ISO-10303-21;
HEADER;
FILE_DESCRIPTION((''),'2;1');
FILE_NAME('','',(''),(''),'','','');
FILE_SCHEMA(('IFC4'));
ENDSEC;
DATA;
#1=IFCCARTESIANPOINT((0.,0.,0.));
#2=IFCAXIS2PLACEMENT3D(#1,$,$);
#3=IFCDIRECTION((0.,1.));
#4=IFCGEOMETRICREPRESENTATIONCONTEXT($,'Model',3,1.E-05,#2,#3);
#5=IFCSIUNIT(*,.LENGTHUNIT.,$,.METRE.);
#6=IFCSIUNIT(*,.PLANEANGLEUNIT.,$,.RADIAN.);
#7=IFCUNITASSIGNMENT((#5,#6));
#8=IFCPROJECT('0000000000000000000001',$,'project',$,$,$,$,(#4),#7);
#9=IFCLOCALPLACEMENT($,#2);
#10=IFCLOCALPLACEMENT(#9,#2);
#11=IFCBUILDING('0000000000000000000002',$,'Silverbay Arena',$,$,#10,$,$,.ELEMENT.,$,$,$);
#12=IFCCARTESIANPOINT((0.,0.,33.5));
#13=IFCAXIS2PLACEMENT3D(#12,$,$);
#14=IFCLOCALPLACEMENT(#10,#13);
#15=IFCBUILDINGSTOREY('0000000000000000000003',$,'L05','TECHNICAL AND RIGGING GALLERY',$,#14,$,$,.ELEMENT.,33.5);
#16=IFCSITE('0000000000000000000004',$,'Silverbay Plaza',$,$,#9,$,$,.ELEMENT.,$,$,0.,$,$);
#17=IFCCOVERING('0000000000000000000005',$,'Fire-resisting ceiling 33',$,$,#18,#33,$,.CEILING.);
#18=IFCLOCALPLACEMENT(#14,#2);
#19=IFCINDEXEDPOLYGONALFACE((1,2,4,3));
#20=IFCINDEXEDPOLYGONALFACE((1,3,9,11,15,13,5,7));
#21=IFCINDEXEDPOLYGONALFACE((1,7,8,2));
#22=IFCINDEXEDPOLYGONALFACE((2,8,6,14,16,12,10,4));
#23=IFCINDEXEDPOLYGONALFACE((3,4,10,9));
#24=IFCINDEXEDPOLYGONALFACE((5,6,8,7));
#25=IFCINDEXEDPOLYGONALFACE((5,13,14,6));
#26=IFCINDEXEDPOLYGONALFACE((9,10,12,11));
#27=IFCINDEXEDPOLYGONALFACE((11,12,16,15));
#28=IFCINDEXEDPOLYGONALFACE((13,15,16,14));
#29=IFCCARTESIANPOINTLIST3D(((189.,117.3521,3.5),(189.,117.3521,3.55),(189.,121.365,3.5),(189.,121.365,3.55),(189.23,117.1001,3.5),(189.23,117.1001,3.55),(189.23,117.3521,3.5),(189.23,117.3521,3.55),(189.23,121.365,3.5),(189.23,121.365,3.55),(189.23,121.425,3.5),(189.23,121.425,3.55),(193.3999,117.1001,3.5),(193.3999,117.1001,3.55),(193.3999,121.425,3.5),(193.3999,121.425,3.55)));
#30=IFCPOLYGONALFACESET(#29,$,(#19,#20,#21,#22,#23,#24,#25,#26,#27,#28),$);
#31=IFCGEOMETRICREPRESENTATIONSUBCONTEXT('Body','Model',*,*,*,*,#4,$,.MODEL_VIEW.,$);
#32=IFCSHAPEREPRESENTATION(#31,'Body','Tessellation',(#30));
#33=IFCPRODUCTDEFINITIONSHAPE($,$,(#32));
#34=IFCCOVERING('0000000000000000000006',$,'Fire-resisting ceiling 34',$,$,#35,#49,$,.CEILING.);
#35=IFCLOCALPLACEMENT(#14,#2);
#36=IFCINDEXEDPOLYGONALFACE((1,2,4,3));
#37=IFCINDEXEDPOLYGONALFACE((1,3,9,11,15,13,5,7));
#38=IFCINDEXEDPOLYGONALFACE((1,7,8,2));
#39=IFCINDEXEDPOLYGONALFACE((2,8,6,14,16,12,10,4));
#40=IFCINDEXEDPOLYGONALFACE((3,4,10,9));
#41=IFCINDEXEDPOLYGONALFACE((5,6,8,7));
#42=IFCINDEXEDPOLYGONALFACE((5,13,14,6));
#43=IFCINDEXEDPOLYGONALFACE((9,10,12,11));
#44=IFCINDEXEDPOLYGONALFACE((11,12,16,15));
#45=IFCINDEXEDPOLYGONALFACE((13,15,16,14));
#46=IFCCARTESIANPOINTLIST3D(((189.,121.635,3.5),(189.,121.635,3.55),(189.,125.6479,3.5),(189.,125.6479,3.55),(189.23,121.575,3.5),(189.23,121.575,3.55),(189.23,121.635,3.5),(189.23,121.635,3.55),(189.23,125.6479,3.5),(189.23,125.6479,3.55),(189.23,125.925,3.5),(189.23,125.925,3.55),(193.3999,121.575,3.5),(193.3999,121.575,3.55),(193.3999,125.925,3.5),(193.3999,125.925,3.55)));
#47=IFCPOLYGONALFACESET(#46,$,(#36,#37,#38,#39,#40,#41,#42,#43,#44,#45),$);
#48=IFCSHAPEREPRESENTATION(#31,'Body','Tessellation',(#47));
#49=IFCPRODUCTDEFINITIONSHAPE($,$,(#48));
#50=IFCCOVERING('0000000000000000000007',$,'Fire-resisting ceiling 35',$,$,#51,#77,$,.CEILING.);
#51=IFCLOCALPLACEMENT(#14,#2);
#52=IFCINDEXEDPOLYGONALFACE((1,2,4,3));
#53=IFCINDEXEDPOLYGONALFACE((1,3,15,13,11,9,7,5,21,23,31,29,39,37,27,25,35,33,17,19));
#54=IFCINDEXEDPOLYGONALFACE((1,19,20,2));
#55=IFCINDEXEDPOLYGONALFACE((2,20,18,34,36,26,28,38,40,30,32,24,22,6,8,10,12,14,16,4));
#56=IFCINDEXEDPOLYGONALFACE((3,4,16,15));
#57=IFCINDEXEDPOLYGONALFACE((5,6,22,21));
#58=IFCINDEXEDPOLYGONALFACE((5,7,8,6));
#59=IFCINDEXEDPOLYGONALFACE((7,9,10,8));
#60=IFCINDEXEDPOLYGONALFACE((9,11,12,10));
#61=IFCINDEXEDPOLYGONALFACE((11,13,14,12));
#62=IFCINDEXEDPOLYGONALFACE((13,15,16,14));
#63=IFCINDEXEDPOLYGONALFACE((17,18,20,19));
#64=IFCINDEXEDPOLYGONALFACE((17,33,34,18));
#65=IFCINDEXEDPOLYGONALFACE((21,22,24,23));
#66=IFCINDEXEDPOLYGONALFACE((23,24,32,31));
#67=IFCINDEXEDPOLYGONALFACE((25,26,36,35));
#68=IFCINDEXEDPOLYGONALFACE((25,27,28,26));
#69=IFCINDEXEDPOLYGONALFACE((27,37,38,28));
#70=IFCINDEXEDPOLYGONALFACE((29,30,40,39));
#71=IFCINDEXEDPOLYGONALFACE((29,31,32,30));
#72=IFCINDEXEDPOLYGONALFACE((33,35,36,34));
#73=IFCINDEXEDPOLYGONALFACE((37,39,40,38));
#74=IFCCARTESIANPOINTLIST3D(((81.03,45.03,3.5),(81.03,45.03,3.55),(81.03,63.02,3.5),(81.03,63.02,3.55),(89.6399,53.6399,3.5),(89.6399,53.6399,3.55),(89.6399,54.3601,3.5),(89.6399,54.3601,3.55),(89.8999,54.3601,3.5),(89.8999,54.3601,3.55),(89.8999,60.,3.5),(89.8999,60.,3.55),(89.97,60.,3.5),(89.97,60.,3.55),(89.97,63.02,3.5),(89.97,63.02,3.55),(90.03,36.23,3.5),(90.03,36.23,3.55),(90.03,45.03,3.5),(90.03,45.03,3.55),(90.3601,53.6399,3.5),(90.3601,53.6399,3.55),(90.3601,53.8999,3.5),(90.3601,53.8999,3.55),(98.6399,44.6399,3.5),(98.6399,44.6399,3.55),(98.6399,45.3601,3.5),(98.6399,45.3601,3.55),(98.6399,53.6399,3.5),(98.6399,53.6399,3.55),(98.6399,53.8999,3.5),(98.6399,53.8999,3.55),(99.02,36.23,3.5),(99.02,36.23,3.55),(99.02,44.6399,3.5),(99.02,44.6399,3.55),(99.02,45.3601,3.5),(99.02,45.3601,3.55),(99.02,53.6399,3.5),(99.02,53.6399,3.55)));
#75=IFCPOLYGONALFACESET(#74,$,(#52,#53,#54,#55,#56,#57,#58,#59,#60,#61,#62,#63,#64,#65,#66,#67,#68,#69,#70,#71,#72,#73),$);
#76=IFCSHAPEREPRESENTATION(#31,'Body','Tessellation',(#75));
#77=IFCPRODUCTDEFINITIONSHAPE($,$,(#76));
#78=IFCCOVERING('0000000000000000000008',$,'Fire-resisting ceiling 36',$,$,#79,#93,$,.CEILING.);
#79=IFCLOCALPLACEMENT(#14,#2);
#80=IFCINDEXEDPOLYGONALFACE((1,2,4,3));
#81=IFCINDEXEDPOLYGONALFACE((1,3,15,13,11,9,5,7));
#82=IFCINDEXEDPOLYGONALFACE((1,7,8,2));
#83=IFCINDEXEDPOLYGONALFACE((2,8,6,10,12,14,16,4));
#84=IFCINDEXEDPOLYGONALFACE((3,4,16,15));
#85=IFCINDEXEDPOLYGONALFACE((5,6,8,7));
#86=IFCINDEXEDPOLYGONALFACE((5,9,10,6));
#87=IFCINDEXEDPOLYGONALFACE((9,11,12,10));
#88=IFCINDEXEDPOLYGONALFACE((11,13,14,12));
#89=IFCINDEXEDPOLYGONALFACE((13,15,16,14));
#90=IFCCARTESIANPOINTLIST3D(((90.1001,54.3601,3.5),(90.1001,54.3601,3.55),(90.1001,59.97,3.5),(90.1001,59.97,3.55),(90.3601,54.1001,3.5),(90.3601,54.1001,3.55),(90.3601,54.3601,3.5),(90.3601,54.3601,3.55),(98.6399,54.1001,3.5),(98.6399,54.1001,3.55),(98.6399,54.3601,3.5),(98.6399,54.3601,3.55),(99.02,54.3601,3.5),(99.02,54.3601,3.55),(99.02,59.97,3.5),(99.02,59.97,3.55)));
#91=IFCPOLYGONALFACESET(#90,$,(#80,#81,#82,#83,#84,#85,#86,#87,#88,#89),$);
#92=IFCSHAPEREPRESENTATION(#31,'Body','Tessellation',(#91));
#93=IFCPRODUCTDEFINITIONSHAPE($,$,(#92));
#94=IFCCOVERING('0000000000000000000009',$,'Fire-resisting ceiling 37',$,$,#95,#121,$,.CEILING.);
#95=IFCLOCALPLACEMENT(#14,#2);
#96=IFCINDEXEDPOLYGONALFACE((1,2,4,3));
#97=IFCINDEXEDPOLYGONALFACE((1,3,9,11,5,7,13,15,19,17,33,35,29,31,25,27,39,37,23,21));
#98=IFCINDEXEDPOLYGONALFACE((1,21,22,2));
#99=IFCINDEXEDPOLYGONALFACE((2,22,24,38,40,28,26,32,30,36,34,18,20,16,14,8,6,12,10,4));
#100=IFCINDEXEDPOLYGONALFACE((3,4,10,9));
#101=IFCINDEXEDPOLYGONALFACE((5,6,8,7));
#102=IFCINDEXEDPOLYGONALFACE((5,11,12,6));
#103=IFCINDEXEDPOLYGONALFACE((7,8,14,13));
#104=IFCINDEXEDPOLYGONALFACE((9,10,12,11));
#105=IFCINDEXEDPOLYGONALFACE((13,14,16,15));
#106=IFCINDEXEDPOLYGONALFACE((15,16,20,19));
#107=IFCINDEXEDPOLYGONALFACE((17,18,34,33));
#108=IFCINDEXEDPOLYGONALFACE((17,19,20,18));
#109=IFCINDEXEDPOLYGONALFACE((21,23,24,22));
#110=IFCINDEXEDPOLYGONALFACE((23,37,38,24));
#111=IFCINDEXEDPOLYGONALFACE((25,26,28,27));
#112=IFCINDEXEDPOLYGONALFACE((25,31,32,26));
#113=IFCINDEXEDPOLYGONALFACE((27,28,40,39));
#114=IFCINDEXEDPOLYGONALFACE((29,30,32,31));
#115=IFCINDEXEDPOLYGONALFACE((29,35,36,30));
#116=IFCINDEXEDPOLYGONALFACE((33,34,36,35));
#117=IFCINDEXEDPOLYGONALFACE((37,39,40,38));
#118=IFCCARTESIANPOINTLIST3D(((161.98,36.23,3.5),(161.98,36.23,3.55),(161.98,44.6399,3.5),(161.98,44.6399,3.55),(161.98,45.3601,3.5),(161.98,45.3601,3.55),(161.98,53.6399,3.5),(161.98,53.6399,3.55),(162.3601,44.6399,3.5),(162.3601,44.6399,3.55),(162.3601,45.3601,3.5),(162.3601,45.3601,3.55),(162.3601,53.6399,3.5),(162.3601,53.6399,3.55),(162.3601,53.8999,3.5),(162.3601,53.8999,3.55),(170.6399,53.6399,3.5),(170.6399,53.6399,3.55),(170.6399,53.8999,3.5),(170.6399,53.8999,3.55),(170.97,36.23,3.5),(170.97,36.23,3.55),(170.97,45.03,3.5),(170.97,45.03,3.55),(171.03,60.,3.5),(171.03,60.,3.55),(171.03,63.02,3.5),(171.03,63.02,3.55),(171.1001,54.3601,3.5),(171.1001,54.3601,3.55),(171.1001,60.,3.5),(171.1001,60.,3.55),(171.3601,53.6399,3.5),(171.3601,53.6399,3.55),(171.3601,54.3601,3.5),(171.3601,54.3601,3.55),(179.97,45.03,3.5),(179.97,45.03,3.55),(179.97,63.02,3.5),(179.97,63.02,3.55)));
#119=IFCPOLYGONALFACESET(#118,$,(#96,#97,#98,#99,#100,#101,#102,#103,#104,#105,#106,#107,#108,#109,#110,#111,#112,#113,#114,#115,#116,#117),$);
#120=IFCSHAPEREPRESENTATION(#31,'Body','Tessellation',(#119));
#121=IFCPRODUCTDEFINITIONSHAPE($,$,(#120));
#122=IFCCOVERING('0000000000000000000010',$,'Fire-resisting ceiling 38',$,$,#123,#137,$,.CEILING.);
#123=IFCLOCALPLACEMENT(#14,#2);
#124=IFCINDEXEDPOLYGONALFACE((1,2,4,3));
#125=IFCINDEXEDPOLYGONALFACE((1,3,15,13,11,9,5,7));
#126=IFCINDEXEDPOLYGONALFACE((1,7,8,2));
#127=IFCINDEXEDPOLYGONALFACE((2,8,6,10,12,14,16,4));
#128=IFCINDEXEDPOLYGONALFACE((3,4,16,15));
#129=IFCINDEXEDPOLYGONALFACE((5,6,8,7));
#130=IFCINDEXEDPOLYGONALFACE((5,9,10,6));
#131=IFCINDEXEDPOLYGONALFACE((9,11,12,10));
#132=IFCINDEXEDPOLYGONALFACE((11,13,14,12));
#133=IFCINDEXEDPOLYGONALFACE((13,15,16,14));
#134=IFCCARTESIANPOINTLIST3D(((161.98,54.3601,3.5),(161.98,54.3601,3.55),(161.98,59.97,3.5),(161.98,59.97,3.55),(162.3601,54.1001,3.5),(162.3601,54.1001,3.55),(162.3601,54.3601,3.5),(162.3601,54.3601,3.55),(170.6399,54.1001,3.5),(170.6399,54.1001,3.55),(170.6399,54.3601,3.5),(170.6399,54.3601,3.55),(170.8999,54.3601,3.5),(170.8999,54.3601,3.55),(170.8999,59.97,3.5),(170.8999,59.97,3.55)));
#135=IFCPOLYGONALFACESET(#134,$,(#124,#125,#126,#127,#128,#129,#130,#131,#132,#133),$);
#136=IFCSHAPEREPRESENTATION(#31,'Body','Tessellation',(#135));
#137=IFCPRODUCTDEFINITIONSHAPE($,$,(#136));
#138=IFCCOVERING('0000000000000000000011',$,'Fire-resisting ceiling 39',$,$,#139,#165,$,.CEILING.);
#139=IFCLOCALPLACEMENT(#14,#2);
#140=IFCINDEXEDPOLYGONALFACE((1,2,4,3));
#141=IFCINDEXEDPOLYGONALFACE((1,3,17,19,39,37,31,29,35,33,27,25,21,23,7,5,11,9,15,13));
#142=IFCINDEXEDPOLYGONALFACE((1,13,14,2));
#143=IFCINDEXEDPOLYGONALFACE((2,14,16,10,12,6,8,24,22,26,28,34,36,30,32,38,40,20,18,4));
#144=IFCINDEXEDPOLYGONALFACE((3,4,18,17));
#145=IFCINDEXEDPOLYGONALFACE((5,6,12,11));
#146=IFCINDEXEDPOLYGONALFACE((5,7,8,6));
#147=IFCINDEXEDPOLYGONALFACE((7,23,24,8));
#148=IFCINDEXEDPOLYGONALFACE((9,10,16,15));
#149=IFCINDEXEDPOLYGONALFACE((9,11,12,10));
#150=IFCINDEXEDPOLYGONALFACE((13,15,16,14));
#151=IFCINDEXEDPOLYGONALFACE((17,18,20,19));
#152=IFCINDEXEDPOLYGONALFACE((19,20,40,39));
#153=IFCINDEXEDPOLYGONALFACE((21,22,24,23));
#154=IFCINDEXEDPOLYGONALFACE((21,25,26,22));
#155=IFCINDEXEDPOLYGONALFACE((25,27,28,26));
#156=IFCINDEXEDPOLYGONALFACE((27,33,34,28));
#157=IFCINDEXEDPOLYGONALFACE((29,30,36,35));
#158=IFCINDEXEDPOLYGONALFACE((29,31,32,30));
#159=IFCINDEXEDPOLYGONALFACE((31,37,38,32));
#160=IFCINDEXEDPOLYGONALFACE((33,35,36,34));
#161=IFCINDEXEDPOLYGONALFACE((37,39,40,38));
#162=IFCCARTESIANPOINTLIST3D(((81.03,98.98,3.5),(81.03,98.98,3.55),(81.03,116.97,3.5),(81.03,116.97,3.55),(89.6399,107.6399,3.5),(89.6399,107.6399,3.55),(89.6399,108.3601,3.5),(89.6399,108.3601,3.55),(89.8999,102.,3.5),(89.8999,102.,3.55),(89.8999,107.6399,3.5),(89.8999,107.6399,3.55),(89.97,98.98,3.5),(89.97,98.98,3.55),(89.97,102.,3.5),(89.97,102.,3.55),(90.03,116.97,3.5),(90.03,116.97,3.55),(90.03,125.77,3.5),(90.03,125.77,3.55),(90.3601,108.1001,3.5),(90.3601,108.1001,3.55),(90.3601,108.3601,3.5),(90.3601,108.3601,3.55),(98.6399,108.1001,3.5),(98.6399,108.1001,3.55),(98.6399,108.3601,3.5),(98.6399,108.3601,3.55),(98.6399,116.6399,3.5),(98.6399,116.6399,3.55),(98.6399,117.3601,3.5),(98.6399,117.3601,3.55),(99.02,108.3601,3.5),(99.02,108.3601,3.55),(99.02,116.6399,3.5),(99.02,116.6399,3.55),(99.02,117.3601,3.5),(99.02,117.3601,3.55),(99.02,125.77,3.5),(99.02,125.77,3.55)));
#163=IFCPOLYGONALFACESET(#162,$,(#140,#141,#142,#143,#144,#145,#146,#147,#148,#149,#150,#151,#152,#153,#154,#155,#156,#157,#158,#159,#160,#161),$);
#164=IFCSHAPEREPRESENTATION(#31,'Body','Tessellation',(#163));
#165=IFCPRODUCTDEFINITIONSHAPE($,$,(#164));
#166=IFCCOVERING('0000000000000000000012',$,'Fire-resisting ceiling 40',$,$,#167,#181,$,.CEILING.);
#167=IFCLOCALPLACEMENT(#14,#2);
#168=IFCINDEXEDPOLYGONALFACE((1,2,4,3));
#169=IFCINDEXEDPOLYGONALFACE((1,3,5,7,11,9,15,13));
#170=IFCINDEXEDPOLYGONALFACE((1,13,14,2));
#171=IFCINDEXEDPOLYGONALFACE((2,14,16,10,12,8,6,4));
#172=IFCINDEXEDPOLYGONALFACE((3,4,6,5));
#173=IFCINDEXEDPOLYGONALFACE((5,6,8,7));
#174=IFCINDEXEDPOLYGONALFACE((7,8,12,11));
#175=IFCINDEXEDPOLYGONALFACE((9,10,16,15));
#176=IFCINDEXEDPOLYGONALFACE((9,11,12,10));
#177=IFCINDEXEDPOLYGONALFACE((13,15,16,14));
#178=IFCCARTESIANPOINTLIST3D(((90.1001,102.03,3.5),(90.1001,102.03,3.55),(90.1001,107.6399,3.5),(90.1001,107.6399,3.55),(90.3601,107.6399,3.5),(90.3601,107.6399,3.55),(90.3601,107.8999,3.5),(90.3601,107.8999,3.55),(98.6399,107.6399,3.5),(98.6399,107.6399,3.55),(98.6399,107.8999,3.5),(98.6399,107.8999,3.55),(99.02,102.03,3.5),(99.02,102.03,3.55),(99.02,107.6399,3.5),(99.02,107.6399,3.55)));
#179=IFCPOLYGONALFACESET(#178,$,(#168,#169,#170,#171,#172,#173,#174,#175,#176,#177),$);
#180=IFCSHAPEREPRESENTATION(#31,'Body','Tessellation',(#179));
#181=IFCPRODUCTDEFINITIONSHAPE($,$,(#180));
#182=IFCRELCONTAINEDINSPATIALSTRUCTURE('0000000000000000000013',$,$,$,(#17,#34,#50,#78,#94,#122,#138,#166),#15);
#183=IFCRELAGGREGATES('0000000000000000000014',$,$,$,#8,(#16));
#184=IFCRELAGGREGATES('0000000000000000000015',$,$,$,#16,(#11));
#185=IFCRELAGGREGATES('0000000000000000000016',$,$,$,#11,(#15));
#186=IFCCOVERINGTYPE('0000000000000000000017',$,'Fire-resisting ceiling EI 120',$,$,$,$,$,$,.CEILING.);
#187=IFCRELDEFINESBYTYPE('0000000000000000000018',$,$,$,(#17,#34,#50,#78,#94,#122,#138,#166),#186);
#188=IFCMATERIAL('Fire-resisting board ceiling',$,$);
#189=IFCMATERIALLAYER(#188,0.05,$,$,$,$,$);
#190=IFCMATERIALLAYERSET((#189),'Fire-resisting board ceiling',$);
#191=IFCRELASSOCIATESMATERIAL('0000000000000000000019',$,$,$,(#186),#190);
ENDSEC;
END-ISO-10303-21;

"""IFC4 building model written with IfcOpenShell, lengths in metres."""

from ifc_helpers import new_model, si_unit, direction, frame, origin, place, context, subcontext, project, spatial, polyline, outline, extrude, material, layer, layer_set, type_object, element, save


model = new_model("IFC4")

# Units and contexts
model_context = context("Model", 3, precision=1e-05, world=origin(), true_north=direction((0.0, 1.0)))
body_context = subcontext(model_context, "Body", "Model", "MODEL_VIEW")
ifc_project = project(units=[si_unit("LENGTHUNIT", "METRE"), si_unit("PLANEANGLEUNIT", "RADIAN")], contexts=[model_context])

# Site, building, storey
site_placement = place(None, origin())
site = spatial("IfcSite", under=ifc_project, at=site_placement, Name="Silverbay Plaza", CompositionType="ELEMENT", RefElevation=0.0)
building_placement = place(site_placement, origin())
building = spatial("IfcBuilding", under=site, at=building_placement, Name="Silverbay Arena", CompositionType="ELEMENT")
storey_placement = place(building_placement, frame((0.0, 0.0, 33.5)))
storey = spatial("IfcBuildingStorey", under=building, at=storey_placement, Name="L05", Description="TECHNICAL AND RIGGING GALLERY", CompositionType="ELEMENT", Elevation=33.5)

# Coverings
ifc_material = material(Name="Fire-resisting board ceiling")
ifc_layer = layer(ifc_material, 0.05)
ifc_layer_set = layer_set([ifc_layer], Name="Fire-resisting board ceiling")
covering_type = type_object("IfcCoveringType", Name="Fire-resisting ceiling EI 120", PredefinedType="CEILING", material=ifc_layer_set)
covering_1_placement = place(storey_placement, frame((0.0, 0.0, 3.5)))
element("IfcCovering", 1, at=covering_1_placement, inside=storey, type_object=covering_type, Name="Fire-resisting ceiling 33", PredefinedType="CEILING", context=body_context, shape_type="SweptSolid", body=[
    extrude(outline(polyline([(189.23, 121.365), (189.0, 121.365), (189.0, 117.3521), (189.23, 117.3521), (189.23, 117.1001), (193.3999, 117.1001), (193.3999, 121.425), (189.23, 121.425), (189.23, 121.365)])), origin(), (0.0, 0.0, 1.0), 0.05),
])
covering_2_placement = place(storey_placement, frame((0.0, 0.0, 3.5)))
element("IfcCovering", 2, at=covering_2_placement, inside=storey, type_object=covering_type, Name="Fire-resisting ceiling 34", PredefinedType="CEILING", context=body_context, shape_type="SweptSolid", body=[
    extrude(outline(polyline([(189.0, 125.6479), (189.0, 121.635), (189.23, 121.635), (189.23, 121.575), (193.3999, 121.575), (193.3999, 125.925), (189.23, 125.925), (189.23, 125.6479), (189.0, 125.6479)])), origin(), (0.0, 0.0, 1.0), 0.05),
])
covering_3_placement = place(storey_placement, frame((0.0, 0.0, 3.5)))
element("IfcCovering", 3, at=covering_3_placement, inside=storey, type_object=covering_type, Name="Fire-resisting ceiling 35", PredefinedType="CEILING", context=body_context, shape_type="SweptSolid", body=[
    extrude(outline(polyline([(89.97, 60.0), (89.97, 63.02), (81.03, 63.02), (81.03, 45.03), (90.03, 45.03), (90.03, 36.23), (99.02, 36.23), (99.02, 44.6399), (98.6399, 44.6399), (98.6399, 45.3601), (99.02, 45.3601), (99.02, 53.6399), (98.6399, 53.6399), (98.6399, 53.8999), (90.3601, 53.8999), (90.3601, 53.6399), (89.6399, 53.6399), (89.6399, 54.3601), (89.8999, 54.3601), (89.8999, 60.0), (89.97, 60.0)])), origin(), (0.0, 0.0, 1.0), 0.05),
])
covering_4_placement = place(storey_placement, frame((0.0, 0.0, 3.5)))
element("IfcCovering", 4, at=covering_4_placement, inside=storey, type_object=covering_type, Name="Fire-resisting ceiling 36", PredefinedType="CEILING", context=body_context, shape_type="SweptSolid", body=[
    extrude(outline(polyline([(98.6399, 54.3601), (99.02, 54.3601), (99.02, 59.97), (90.1001, 59.97), (90.1001, 54.3601), (90.3601, 54.3601), (90.3601, 54.1001), (98.6399, 54.1001), (98.6399, 54.3601)])), origin(), (0.0, 0.0, 1.0), 0.05),
])
covering_5_placement = place(storey_placement, frame((0.0, 0.0, 3.5)))
element("IfcCovering", 5, at=covering_5_placement, inside=storey, type_object=covering_type, Name="Fire-resisting ceiling 37", PredefinedType="CEILING", context=body_context, shape_type="SweptSolid", body=[
    extrude(outline(polyline([(179.97, 45.03), (179.97, 63.02), (171.03, 63.02), (171.03, 60.0), (171.1001, 60.0), (171.1001, 54.3601), (171.3601, 54.3601), (171.3601, 53.6399), (170.6399, 53.6399), (170.6399, 53.8999), (162.3601, 53.8999), (162.3601, 53.6399), (161.98, 53.6399), (161.98, 45.3601), (162.3601, 45.3601), (162.3601, 44.6399), (161.98, 44.6399), (161.98, 36.23), (170.97, 36.23), (170.97, 45.03), (179.97, 45.03)])), origin(), (0.0, 0.0, 1.0), 0.05),
])
covering_6_placement = place(storey_placement, frame((0.0, 0.0, 3.5)))
element("IfcCovering", 6, at=covering_6_placement, inside=storey, type_object=covering_type, Name="Fire-resisting ceiling 38", PredefinedType="CEILING", context=body_context, shape_type="SweptSolid", body=[
    extrude(outline(polyline([(170.8999, 59.97), (161.98, 59.97), (161.98, 54.3601), (162.3601, 54.3601), (162.3601, 54.1001), (170.6399, 54.1001), (170.6399, 54.3601), (170.8999, 54.3601), (170.8999, 59.97)])), origin(), (0.0, 0.0, 1.0), 0.05),
])
covering_7_placement = place(storey_placement, frame((0.0, 0.0, 3.5)))
element("IfcCovering", 7, at=covering_7_placement, inside=storey, type_object=covering_type, Name="Fire-resisting ceiling 39", PredefinedType="CEILING", context=body_context, shape_type="SweptSolid", body=[
    extrude(outline(polyline([(98.6399, 117.3601), (99.02, 117.3601), (99.02, 125.77), (90.03, 125.77), (90.03, 116.97), (81.03, 116.97), (81.03, 98.98), (89.97, 98.98), (89.97, 102.0), (89.8999, 102.0), (89.8999, 107.6399), (89.6399, 107.6399), (89.6399, 108.3601), (90.3601, 108.3601), (90.3601, 108.1001), (98.6399, 108.1001), (98.6399, 108.3601), (99.02, 108.3601), (99.02, 116.6399), (98.6399, 116.6399), (98.6399, 117.3601)])), origin(), (0.0, 0.0, 1.0), 0.05),
])
covering_8_placement = place(storey_placement, frame((0.0, 0.0, 3.5)))
element("IfcCovering", 8, at=covering_8_placement, inside=storey, type_object=covering_type, Name="Fire-resisting ceiling 40", PredefinedType="CEILING", context=body_context, shape_type="SweptSolid", body=[
    extrude(outline(polyline([(90.1001, 102.03), (99.02, 102.03), (99.02, 107.6399), (98.6399, 107.6399), (98.6399, 107.8999), (90.3601, 107.8999), (90.3601, 107.6399), (90.1001, 107.6399), (90.1001, 102.03)])), origin(), (0.0, 0.0, 1.0), 0.05),
])

save(model, "model.ifc")
